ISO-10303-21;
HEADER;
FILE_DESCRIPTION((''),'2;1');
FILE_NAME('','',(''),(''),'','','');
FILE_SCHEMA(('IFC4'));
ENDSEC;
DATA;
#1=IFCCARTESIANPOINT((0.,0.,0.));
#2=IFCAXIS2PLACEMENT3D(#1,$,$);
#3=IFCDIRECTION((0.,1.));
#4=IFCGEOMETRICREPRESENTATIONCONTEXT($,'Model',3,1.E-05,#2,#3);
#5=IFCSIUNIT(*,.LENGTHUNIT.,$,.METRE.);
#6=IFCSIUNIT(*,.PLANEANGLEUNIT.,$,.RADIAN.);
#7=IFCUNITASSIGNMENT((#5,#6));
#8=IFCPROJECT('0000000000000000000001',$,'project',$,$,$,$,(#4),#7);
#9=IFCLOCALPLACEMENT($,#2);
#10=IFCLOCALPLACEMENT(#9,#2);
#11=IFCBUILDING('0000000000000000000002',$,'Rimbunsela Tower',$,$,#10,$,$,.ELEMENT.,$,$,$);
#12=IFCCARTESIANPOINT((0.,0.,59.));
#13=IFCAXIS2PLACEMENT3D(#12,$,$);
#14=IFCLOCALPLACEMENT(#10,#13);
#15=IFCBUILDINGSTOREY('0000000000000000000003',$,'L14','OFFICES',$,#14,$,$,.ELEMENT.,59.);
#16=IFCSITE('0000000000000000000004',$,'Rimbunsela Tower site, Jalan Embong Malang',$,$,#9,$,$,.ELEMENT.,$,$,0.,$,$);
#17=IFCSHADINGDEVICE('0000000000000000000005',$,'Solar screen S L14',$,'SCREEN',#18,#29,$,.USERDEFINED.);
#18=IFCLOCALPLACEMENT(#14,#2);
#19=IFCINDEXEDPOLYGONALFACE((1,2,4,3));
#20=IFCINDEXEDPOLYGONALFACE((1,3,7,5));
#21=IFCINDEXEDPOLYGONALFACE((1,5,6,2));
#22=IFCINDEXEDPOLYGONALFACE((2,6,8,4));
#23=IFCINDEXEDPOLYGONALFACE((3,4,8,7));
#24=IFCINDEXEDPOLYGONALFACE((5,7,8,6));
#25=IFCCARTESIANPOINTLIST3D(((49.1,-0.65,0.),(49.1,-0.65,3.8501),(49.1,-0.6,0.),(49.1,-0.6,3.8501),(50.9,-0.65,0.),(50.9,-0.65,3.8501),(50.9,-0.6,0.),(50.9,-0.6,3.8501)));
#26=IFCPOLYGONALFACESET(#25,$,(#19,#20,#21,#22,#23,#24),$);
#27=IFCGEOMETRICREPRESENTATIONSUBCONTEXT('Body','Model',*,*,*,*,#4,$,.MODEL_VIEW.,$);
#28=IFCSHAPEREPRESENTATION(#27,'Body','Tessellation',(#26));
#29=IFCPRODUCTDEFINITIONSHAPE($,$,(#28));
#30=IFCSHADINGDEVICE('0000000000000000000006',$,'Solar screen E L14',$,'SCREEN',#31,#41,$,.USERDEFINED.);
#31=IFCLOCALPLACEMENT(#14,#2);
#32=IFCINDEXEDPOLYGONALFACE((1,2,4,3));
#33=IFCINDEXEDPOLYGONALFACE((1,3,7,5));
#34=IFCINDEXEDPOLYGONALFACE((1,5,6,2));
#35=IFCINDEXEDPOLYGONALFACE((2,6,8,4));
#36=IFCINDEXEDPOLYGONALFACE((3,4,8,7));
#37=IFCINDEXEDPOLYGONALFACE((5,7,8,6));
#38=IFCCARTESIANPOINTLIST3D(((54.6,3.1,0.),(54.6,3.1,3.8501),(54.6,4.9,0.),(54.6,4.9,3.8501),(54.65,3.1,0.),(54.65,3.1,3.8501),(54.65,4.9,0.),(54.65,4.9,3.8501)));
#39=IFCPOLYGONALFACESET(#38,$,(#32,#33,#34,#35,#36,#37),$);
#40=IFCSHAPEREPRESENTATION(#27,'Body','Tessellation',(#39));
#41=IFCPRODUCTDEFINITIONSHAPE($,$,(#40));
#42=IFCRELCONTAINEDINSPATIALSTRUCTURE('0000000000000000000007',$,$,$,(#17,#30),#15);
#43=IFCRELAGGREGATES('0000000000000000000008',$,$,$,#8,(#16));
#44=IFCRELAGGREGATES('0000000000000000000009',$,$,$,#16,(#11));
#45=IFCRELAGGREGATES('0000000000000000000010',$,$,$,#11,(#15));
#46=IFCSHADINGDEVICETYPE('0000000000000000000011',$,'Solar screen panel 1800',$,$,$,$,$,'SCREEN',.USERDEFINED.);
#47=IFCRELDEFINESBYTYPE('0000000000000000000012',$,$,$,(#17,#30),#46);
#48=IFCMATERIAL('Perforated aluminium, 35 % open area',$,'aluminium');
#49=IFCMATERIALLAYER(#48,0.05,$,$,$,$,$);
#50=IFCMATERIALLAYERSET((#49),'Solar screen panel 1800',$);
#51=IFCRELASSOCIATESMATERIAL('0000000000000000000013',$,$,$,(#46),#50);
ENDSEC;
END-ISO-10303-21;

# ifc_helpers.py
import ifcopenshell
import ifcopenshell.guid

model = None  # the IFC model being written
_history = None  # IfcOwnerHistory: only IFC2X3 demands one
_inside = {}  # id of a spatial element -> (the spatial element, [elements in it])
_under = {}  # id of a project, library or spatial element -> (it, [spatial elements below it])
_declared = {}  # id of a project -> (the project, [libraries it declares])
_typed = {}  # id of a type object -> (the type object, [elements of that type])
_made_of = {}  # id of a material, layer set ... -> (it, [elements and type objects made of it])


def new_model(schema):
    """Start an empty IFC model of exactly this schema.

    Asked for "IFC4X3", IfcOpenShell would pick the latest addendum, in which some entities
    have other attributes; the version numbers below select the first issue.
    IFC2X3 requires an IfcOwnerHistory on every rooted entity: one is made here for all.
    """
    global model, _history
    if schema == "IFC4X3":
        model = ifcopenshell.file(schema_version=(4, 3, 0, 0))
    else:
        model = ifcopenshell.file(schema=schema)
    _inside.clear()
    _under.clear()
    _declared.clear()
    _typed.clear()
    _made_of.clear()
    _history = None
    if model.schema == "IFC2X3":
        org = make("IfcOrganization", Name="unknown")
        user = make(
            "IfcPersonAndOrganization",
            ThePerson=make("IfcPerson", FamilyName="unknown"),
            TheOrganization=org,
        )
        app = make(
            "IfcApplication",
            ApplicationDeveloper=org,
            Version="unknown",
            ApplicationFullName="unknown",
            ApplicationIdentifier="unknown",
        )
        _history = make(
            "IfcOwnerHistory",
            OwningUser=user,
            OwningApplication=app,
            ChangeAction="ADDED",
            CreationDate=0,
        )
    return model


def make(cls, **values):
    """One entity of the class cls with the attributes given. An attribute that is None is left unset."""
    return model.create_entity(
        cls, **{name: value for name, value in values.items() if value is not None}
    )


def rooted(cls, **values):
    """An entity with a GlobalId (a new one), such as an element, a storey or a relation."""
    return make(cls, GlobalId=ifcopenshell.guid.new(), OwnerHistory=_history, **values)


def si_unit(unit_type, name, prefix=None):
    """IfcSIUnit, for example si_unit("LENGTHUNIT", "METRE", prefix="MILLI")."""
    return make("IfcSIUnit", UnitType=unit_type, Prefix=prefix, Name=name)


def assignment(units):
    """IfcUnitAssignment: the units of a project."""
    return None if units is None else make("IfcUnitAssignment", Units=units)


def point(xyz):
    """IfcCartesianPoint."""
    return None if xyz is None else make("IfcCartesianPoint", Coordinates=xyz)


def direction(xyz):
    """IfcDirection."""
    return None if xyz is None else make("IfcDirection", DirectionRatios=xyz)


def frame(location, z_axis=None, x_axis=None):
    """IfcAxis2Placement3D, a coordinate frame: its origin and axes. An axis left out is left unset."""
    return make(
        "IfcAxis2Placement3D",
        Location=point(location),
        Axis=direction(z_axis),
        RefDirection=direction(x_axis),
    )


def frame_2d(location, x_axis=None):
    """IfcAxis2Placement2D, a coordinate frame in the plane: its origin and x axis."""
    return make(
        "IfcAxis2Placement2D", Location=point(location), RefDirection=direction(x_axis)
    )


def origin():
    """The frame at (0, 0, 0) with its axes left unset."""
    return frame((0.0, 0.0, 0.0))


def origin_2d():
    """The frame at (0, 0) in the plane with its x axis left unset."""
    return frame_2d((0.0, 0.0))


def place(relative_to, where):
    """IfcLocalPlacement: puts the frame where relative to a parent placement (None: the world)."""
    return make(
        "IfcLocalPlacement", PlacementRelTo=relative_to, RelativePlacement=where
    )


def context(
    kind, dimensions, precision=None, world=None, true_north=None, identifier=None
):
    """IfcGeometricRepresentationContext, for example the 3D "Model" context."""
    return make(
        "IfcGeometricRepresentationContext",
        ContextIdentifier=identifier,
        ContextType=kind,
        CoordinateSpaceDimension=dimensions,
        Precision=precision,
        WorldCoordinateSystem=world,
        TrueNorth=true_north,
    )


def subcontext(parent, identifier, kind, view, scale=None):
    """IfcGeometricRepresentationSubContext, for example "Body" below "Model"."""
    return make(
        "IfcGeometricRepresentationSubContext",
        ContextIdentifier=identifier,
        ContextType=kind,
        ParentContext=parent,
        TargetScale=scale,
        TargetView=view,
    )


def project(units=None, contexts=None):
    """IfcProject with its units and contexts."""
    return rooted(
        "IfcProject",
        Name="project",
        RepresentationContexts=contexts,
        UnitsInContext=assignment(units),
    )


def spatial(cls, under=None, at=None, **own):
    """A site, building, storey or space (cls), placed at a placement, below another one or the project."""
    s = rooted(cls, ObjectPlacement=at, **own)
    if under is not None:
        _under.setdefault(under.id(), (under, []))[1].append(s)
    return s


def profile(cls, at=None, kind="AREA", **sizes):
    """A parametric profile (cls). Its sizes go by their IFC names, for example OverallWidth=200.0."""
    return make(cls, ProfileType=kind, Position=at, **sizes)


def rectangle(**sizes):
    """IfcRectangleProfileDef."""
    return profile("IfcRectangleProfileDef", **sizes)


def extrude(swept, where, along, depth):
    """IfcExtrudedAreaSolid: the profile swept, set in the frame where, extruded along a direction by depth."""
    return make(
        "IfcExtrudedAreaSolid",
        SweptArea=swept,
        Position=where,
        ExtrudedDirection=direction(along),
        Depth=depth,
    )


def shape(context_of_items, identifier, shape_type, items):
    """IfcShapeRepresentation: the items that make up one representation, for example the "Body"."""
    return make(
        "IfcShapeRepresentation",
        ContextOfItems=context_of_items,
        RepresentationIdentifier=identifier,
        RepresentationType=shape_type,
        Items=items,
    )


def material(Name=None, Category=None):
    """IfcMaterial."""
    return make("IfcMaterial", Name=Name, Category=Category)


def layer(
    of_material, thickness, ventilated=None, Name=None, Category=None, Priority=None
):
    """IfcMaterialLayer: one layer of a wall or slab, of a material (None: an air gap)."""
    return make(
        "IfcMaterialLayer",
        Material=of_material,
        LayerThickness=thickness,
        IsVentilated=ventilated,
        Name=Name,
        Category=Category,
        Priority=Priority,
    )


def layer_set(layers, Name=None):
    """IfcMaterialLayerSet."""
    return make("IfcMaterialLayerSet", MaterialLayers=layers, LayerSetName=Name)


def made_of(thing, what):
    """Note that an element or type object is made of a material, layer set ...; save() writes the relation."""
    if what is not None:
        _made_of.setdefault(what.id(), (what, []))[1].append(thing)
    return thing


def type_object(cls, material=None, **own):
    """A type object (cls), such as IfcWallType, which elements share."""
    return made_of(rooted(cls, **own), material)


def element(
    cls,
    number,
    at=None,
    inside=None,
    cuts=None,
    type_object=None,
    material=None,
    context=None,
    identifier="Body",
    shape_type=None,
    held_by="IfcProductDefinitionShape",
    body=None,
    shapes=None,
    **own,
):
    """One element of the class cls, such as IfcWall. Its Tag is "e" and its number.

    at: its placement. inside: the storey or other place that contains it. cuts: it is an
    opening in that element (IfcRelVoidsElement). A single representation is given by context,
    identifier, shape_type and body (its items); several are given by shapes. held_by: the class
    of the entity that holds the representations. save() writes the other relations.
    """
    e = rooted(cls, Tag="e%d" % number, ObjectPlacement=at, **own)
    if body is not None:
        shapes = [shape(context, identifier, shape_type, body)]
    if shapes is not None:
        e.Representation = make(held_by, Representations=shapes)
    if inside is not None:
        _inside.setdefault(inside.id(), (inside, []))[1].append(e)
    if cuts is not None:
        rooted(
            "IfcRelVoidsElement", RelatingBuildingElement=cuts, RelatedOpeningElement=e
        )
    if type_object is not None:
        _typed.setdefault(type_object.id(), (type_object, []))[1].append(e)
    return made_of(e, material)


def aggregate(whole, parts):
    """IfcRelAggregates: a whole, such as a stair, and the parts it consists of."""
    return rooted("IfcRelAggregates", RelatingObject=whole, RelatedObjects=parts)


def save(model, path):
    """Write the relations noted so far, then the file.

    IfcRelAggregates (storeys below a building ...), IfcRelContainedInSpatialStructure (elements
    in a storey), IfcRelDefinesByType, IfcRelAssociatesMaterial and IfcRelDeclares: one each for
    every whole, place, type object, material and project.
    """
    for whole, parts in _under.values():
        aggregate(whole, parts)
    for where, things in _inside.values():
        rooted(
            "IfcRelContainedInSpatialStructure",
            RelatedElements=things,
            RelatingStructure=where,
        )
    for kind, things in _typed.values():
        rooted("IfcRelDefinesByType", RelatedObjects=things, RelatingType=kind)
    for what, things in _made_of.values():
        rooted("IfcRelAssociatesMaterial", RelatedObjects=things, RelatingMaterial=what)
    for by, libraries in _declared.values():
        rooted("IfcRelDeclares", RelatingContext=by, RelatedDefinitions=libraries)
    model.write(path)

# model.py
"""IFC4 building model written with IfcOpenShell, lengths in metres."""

from ifc_helpers import new_model, si_unit, direction, frame, origin, origin_2d, place, context, subcontext, project, spatial, rectangle, extrude, material, layer, layer_set, type_object, element, save


model = new_model("IFC4")

# Units and contexts
model_context = context("Model", 3, precision=1e-05, world=origin(), true_north=direction((0.0, 1.0)))
body_context = subcontext(model_context, "Body", "Model", "MODEL_VIEW")
ifc_project = project(units=[si_unit("LENGTHUNIT", "METRE"), si_unit("PLANEANGLEUNIT", "RADIAN")], contexts=[model_context])

# Site, building, storey
site_placement = place(None, origin())
site = spatial("IfcSite", under=ifc_project, at=site_placement, Name="Rimbunsela Tower site, Jalan Embong Malang", CompositionType="ELEMENT", RefElevation=0.0)
building_placement = place(site_placement, origin())
building = spatial("IfcBuilding", under=site, at=building_placement, Name="Rimbunsela Tower", CompositionType="ELEMENT")
storey_placement = place(building_placement, frame((0.0, 0.0, 59.0)))
storey = spatial("IfcBuildingStorey", under=building, at=storey_placement, Name="L14", Description="OFFICES", CompositionType="ELEMENT", Elevation=59.0)

# Shading devices
ifc_material_1 = material(Name="Perforated aluminium, 35 % open area", Category="aluminium")
ifc_layer_1 = layer(ifc_material_1, 0.05)
ifc_layer_set_1 = layer_set([ifc_layer_1], Name="Solar screen panel 1800")
shading_device_type = type_object("IfcShadingDeviceType", Name="Solar screen panel 1800", ElementType="SCREEN", PredefinedType="USERDEFINED", material=ifc_layer_set_1)
for number, where, z_axis, x_axis, name in (
    (1, (50.0, -0.625, 0.0), (0.0, 0.0, 1.0), (1.0, 0.0, 0.0), "Solar screen S L14"),
    (2, (54.625, 4.0, 0.0), (0.0, 0.0, 1.0), (0.0, 1.0, 0.0), "Solar screen E L14"),
):
    element("IfcShadingDevice", number, at=place(storey_placement, frame(where, z_axis=z_axis, x_axis=x_axis)), inside=storey, type_object=shading_device_type, Name=name, ObjectType="SCREEN", PredefinedType="USERDEFINED", context=body_context, shape_type="SweptSolid", body=[
        extrude(rectangle(XDim=1.8, YDim=0.05, at=origin_2d()), origin(), (0.0, 0.0, 1.0), 3.8501),
    ])

save(model, "model.ifc")
